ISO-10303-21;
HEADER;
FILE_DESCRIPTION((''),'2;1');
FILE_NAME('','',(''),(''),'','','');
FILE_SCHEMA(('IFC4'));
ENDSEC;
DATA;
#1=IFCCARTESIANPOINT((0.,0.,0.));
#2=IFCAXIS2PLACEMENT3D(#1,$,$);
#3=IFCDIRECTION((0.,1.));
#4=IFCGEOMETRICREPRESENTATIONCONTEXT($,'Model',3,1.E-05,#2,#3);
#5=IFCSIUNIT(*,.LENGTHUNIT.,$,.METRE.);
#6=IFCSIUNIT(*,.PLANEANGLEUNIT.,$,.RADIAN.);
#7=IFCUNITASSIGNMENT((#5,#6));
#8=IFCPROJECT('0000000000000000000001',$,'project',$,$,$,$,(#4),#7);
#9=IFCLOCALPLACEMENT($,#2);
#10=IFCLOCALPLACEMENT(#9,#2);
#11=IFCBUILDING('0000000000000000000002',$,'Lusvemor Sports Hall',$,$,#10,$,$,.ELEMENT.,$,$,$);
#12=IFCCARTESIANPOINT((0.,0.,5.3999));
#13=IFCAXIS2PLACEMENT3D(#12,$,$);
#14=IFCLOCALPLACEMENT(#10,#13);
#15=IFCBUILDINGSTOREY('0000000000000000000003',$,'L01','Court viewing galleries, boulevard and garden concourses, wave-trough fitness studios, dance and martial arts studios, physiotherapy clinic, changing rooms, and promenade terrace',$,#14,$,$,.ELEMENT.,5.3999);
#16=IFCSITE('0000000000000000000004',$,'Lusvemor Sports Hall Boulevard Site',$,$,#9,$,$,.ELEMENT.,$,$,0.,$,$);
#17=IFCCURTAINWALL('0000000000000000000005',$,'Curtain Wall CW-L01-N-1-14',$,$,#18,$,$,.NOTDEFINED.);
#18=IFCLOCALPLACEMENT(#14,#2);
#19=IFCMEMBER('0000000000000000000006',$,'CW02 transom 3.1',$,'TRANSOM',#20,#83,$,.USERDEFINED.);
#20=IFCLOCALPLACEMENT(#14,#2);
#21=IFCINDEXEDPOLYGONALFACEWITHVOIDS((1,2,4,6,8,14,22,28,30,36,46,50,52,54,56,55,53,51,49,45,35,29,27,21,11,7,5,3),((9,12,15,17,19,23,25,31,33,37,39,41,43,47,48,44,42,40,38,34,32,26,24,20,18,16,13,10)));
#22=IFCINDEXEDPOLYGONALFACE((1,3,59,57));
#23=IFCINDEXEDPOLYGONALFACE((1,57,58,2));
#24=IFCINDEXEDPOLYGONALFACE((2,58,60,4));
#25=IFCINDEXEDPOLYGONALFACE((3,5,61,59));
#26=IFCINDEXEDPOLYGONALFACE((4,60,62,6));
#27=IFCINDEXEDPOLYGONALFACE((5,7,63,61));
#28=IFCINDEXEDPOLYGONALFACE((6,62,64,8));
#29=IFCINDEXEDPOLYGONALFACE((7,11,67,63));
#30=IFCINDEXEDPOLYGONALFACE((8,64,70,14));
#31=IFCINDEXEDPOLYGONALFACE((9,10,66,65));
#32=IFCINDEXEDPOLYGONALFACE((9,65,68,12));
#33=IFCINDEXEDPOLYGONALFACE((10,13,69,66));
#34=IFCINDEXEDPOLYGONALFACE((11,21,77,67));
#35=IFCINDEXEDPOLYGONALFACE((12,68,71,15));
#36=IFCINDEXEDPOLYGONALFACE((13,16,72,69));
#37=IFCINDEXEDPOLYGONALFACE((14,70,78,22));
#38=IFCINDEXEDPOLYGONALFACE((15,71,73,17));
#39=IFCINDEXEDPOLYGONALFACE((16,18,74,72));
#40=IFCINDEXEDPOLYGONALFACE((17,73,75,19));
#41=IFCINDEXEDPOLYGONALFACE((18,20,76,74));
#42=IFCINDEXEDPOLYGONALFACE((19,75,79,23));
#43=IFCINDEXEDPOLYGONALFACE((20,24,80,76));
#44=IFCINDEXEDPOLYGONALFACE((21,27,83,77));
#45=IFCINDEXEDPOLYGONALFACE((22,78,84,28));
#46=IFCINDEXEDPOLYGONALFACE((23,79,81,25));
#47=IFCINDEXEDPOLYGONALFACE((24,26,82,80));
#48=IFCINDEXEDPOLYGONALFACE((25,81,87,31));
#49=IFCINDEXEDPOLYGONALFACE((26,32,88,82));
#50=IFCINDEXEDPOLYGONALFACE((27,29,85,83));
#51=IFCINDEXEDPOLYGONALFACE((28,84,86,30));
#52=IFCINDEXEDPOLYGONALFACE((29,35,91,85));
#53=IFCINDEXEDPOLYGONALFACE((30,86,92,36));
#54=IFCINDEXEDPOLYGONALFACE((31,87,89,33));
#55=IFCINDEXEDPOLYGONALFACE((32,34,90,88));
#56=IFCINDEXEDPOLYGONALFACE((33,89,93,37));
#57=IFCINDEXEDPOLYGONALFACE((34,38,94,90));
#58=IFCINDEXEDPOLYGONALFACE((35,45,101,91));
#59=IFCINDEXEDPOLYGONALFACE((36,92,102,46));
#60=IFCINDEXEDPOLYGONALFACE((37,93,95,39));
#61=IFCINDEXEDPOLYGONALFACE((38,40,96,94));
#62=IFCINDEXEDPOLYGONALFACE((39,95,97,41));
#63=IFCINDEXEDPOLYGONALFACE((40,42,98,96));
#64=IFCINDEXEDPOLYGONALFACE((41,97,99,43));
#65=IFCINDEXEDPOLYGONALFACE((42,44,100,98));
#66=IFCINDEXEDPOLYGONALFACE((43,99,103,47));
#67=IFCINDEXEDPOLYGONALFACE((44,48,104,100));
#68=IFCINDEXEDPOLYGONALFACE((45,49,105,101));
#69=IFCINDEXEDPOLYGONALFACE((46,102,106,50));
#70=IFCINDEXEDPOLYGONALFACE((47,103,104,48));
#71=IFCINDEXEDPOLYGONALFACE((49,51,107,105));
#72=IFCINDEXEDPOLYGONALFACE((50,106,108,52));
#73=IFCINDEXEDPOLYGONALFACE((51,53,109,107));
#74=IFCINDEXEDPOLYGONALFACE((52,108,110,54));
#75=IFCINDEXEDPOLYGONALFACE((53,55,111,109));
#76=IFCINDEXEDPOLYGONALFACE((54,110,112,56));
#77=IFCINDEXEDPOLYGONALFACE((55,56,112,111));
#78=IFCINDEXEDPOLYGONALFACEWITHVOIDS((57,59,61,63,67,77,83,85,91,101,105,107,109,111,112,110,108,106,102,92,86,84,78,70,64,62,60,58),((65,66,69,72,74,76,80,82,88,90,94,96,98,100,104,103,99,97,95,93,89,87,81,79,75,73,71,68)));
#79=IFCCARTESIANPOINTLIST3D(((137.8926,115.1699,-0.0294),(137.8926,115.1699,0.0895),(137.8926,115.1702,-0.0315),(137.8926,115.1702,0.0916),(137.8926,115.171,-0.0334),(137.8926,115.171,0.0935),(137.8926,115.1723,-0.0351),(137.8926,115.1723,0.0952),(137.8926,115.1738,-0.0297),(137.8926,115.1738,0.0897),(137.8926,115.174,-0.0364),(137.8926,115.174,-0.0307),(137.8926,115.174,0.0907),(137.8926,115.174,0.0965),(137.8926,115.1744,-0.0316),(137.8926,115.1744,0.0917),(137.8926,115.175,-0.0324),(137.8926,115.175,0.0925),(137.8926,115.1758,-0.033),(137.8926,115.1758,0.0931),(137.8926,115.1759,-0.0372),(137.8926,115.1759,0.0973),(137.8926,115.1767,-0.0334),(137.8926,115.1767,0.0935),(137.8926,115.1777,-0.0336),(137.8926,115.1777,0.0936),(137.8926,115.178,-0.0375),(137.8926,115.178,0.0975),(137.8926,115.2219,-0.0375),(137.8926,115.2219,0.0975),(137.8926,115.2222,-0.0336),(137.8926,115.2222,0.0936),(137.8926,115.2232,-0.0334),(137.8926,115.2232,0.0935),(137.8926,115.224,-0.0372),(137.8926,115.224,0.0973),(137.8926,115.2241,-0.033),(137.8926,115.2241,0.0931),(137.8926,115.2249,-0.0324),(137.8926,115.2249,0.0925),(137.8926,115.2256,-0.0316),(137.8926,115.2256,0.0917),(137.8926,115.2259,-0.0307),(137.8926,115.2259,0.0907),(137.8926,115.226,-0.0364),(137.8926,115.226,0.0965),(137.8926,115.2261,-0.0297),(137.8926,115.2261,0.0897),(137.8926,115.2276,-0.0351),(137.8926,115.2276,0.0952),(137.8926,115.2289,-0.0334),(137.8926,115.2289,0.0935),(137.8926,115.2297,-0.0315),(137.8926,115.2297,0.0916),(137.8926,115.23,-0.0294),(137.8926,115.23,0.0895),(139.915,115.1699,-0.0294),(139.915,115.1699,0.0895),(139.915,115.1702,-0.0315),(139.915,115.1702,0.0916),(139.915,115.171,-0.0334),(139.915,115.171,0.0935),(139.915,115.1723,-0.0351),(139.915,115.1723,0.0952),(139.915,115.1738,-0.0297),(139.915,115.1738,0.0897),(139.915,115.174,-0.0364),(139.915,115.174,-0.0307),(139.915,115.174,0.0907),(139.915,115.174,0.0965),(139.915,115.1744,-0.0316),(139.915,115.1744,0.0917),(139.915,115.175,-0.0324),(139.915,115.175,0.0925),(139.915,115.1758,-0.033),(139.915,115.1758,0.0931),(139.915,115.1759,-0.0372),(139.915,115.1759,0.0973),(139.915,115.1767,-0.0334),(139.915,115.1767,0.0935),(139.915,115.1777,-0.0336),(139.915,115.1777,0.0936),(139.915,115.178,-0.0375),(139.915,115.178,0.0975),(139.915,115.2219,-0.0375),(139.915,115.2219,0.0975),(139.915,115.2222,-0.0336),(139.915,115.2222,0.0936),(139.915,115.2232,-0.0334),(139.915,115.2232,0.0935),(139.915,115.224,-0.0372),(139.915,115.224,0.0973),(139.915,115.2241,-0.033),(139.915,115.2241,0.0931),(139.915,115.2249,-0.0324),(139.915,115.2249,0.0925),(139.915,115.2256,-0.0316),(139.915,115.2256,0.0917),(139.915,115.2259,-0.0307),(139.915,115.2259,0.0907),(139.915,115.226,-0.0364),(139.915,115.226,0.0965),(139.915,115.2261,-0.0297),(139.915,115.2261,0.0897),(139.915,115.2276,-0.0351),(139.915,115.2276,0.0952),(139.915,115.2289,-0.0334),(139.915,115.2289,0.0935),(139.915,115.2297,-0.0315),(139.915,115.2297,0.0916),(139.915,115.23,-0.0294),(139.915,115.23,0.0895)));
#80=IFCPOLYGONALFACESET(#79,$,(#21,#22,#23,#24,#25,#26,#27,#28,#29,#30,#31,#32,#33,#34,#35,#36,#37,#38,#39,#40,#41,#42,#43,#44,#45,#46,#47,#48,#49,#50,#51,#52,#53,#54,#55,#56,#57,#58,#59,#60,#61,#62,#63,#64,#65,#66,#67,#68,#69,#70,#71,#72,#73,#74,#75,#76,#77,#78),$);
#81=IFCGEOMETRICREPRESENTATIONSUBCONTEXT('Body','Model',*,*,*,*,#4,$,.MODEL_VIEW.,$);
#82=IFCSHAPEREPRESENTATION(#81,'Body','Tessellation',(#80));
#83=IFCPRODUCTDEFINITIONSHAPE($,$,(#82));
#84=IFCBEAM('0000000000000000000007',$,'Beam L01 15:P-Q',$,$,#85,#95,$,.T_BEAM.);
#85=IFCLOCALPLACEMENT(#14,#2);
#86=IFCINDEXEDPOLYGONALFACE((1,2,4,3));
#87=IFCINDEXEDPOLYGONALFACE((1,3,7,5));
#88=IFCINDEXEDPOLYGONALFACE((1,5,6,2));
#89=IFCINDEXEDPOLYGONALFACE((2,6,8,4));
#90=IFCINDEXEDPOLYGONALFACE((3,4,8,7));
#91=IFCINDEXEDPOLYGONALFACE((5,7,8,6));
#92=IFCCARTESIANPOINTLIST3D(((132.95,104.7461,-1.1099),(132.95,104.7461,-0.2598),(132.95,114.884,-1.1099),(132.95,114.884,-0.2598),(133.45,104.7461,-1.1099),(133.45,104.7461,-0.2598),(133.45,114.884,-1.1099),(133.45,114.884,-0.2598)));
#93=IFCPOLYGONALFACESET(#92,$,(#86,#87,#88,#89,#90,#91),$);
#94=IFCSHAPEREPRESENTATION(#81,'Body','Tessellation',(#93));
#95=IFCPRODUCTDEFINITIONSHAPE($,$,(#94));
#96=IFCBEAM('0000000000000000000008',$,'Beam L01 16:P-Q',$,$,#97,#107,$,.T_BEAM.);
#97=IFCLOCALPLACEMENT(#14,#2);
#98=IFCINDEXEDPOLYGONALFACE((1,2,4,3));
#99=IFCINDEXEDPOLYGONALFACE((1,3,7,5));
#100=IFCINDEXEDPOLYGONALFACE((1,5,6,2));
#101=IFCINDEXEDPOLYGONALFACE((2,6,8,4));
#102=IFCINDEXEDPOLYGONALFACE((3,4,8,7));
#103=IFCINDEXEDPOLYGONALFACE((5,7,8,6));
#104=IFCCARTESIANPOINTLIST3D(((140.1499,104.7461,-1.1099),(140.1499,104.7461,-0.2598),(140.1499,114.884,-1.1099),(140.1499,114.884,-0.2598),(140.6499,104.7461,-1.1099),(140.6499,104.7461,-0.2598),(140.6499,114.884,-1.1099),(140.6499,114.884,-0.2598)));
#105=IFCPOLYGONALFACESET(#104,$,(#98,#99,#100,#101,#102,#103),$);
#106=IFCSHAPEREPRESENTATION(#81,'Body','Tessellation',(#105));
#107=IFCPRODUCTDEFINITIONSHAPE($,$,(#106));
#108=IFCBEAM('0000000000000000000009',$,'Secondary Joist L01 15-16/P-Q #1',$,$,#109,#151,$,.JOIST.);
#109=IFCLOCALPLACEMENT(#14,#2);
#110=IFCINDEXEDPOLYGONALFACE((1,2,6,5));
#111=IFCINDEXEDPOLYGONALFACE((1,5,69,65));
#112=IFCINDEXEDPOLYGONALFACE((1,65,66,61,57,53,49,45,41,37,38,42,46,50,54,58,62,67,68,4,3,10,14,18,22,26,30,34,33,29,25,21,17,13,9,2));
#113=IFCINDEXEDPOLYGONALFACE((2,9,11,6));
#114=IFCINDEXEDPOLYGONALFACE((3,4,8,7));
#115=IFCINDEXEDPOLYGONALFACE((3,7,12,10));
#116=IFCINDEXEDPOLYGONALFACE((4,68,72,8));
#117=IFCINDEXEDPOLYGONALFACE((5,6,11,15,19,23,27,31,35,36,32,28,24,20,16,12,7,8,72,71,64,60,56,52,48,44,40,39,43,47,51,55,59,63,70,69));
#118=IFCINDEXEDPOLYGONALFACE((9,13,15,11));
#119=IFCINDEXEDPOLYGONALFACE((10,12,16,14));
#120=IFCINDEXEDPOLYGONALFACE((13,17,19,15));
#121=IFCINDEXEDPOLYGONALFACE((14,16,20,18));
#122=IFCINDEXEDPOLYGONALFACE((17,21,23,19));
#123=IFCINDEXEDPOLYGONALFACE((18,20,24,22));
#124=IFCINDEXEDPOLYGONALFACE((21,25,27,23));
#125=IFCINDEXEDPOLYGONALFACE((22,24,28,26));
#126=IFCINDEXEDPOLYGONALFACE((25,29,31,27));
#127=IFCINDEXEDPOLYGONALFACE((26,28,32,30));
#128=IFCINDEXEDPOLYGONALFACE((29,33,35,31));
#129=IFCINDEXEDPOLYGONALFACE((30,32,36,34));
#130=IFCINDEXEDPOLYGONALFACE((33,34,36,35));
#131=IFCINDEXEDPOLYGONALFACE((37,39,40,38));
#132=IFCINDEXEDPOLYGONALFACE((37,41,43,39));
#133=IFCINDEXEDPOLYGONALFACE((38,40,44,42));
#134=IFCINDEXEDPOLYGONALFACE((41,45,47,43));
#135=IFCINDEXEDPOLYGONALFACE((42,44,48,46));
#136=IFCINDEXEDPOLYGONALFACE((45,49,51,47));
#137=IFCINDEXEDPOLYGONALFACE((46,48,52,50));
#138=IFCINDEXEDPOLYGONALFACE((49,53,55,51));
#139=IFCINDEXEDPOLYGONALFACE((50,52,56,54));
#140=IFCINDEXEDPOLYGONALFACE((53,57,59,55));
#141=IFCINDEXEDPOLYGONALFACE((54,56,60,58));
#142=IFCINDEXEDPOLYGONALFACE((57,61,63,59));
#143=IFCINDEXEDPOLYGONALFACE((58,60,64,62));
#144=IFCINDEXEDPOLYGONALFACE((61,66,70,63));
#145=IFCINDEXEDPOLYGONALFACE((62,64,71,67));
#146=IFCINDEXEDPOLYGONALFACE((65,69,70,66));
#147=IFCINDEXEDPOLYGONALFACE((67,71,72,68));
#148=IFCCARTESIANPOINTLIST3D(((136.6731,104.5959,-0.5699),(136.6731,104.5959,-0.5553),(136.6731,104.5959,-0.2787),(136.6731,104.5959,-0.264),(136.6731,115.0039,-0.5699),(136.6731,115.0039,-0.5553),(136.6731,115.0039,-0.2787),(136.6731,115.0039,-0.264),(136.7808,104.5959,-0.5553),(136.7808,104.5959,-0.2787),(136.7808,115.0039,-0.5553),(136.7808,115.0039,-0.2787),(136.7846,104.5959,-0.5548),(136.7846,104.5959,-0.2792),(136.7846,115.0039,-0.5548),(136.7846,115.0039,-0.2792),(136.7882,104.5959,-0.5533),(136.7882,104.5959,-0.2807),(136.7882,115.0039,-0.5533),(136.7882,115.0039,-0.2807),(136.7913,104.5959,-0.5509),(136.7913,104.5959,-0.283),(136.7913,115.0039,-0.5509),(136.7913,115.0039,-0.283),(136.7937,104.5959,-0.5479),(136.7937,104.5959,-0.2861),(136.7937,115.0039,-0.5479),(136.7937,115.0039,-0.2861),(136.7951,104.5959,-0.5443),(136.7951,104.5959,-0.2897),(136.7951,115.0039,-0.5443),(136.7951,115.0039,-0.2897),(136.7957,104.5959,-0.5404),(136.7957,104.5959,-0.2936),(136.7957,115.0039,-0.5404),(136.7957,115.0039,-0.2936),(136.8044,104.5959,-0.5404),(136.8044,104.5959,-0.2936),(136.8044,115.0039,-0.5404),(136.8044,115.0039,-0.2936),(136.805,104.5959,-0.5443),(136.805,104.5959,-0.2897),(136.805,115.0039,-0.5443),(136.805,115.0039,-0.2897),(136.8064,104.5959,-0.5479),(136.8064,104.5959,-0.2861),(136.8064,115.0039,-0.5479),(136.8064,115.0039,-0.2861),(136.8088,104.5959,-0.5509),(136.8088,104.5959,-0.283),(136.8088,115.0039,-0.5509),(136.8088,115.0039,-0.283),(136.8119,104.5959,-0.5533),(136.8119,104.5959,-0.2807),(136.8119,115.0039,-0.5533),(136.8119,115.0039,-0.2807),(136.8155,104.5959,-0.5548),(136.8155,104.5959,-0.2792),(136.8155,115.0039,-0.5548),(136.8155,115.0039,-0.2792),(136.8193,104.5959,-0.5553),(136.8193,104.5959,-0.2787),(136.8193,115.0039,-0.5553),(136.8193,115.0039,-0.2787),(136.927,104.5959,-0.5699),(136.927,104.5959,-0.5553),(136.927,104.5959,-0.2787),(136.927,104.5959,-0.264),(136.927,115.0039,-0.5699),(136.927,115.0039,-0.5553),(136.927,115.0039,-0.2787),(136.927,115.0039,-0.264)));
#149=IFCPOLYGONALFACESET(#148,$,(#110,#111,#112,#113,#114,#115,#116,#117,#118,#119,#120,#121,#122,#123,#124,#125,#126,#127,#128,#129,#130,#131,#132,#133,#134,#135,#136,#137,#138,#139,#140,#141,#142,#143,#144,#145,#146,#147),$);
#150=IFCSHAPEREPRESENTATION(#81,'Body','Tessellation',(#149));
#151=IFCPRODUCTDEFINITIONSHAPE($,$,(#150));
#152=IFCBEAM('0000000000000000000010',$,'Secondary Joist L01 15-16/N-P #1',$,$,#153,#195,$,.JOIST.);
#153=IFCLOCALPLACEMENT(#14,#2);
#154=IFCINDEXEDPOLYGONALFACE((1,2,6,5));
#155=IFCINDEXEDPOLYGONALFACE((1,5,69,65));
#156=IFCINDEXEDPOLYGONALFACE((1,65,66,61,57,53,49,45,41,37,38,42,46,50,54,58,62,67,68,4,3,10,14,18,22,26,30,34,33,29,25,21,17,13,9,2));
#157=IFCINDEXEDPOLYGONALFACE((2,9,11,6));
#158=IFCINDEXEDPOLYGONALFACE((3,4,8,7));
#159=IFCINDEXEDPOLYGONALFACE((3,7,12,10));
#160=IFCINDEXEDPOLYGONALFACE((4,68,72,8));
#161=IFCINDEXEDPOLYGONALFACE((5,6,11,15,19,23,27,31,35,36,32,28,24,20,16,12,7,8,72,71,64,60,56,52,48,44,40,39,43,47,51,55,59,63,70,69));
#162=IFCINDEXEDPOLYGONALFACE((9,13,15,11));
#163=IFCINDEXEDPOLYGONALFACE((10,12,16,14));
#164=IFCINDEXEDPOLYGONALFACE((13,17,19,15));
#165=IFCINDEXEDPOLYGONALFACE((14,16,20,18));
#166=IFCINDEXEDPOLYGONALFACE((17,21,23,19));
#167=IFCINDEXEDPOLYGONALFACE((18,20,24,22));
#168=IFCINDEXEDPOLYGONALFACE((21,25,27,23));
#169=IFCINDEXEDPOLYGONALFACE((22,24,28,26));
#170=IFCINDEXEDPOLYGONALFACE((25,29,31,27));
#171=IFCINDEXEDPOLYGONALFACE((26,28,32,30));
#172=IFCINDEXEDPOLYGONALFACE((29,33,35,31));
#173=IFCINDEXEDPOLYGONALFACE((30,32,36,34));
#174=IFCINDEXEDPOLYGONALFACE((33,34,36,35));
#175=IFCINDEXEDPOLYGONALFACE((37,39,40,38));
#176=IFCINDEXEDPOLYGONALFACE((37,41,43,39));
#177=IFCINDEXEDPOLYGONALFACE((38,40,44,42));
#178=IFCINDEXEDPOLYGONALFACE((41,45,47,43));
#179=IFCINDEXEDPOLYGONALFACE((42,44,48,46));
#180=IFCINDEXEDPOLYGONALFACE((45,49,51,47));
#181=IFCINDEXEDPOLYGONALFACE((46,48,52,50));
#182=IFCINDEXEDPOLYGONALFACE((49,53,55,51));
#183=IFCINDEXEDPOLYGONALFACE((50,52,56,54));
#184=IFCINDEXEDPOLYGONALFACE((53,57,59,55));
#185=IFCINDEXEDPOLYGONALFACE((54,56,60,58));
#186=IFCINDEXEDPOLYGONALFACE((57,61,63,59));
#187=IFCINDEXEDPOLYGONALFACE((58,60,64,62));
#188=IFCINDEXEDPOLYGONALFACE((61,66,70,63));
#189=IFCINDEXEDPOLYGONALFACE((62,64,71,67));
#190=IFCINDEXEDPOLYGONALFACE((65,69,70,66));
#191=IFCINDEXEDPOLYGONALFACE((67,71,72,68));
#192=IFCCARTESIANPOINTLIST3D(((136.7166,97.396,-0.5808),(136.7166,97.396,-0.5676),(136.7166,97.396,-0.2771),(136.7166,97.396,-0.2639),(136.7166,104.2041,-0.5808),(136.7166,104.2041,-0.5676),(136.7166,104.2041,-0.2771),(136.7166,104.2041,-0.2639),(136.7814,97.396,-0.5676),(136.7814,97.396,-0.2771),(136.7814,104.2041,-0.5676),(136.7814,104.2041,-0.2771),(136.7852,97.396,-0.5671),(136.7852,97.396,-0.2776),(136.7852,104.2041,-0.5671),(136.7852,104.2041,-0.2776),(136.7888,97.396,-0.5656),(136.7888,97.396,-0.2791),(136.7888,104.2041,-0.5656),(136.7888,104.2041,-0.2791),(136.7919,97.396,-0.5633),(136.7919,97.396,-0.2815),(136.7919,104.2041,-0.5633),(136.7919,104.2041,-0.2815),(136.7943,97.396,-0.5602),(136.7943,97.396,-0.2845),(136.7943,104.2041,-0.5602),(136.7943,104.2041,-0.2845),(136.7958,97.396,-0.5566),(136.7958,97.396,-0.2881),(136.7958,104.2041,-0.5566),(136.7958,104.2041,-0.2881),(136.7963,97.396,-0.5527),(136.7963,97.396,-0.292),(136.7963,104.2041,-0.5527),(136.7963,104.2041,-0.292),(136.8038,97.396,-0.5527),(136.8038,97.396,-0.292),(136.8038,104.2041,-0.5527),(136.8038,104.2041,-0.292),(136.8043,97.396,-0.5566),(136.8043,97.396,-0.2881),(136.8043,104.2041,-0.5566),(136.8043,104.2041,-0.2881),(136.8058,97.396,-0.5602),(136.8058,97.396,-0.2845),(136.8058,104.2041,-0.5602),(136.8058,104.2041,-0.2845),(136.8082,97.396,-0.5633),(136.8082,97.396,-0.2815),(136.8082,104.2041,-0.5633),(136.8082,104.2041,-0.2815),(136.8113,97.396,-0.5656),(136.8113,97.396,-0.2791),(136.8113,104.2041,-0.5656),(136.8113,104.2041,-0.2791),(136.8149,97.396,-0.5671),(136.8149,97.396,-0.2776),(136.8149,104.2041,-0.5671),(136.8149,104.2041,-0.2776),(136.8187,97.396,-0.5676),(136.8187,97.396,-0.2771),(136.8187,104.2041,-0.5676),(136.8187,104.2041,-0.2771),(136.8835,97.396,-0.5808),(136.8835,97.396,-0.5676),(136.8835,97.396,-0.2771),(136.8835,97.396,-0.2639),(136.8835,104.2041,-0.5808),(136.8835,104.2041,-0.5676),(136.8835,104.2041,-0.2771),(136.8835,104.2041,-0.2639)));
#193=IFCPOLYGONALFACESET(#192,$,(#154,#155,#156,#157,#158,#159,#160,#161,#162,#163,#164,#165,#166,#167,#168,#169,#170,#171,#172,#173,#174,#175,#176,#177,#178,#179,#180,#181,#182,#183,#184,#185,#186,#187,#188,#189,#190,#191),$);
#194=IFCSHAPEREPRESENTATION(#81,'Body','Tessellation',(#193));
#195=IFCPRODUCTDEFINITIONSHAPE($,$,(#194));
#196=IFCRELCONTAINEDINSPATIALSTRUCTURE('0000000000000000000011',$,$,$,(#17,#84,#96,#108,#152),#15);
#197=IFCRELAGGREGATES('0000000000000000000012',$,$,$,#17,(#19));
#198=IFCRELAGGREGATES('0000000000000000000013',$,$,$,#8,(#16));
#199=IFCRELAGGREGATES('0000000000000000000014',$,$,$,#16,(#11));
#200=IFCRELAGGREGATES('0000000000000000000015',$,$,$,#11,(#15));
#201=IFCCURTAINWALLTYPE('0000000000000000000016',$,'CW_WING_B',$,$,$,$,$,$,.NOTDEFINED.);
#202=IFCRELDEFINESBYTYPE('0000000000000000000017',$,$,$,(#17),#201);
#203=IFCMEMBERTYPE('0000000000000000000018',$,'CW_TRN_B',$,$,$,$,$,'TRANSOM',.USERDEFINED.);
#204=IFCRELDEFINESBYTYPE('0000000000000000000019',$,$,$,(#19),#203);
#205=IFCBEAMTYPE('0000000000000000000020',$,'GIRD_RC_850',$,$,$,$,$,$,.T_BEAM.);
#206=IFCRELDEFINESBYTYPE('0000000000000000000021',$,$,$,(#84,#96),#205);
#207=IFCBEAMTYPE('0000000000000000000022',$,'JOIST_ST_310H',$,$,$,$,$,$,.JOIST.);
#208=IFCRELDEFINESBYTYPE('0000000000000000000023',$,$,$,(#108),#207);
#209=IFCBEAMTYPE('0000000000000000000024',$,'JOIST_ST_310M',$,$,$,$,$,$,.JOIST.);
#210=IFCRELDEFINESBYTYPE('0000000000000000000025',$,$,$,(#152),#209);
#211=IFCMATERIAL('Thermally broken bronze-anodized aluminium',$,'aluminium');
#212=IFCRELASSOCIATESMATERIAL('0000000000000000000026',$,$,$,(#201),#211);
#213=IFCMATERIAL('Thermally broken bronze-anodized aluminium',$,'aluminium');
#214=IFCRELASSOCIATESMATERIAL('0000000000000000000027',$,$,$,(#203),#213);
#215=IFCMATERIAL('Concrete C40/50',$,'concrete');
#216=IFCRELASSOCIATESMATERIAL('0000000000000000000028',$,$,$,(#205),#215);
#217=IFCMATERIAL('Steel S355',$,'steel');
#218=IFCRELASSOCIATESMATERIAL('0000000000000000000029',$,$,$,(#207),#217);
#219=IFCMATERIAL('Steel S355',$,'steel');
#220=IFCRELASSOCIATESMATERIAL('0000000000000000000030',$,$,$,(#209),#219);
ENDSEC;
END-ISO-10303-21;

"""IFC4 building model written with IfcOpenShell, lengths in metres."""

from ifc_helpers import new_model, si_unit, direction, frame, origin, origin_2d, place, context, subcontext, project, spatial, rectangle, hollow_rectangle, i_section, extrude, material, material_profile, profile_set, type_object, element, aggregate, save


model = new_model("IFC4")

# Units and contexts
model_context = context("Model", 3, precision=1e-05, world=origin(), true_north=direction((0.0, 1.0)))
body_context = subcontext(model_context, "Body", "Model", "MODEL_VIEW")
ifc_project = project(units=[si_unit("LENGTHUNIT", "METRE"), si_unit("PLANEANGLEUNIT", "RADIAN")], contexts=[model_context])

# Site, building, storey
site_placement = place(None, origin())
site = spatial("IfcSite", under=ifc_project, at=site_placement, Name="Lusvemor Sports Hall Boulevard Site", CompositionType="ELEMENT", RefElevation=0.0)
building_placement = place(site_placement, origin())
building = spatial("IfcBuilding", under=site, at=building_placement, Name="Lusvemor Sports Hall", CompositionType="ELEMENT")
storey_placement = place(building_placement, frame((0.0, 0.0, 5.3999)))
storey = spatial("IfcBuildingStorey", under=building, at=storey_placement, Name="L01", Description="Court viewing galleries, boulevard and garden concourses, wave-trough fitness studios, dance and martial arts studios, physiotherapy clinic, changing rooms, and promenade terrace", CompositionType="ELEMENT", Elevation=5.3999)

# Curtain wall, member
ifc_material_1 = material(Name="Thermally broken bronze-anodized aluminium", Category="aluminium")
curtain_wall_type = type_object("IfcCurtainWallType", Name="CW_WING_B", PredefinedType="NOTDEFINED", material=ifc_material_1)
curtain_wall_placement = place(storey_placement, origin())
curtain_wall = element("IfcCurtainWall", 1, at=curtain_wall_placement, inside=storey, type_object=curtain_wall_type, Name="Curtain Wall CW-L01-N-1-14", PredefinedType="NOTDEFINED")
ifc_material_2 = material(Name="Thermally broken bronze-anodized aluminium", Category="aluminium")
ifc_material_profile_1 = material_profile(ifc_material_2, hollow_rectangle(XDim=0.0601, YDim=0.135, WallThickness=0.0039, InnerFilletRadius=0.0039, OuterFilletRadius=0.0081, at=origin_2d()), Name="CWTRN135x60x4")
ifc_profile_set_1 = profile_set([ifc_material_profile_1], Name="Thermally broken bronze-anodized aluminium")
member_type_1 = type_object("IfcMemberType", Name="CW_TRN_B", ElementType="TRANSOM", PredefinedType="USERDEFINED", material=ifc_profile_set_1)
member_1_placement = place(storey_placement, frame((137.8926, 115.2, 0.03), z_axis=(1.0, 0.0, 0.0), x_axis=(0.0, 1.0, 0.0)))
member_1 = element("IfcMember", 2, at=member_1_placement, type_object=member_type_1, Name="CW02 transom 3.1", ObjectType="TRANSOM", PredefinedType="USERDEFINED", context=body_context, shape_type="SweptSolid", body=[
    extrude(hollow_rectangle(XDim=0.0601, YDim=0.135, WallThickness=0.0039, InnerFilletRadius=0.0039, OuterFilletRadius=0.0081, at=origin_2d()), origin(), (0.0, 0.0, 1.0), 2.0225),
])

# Beams
ifc_material_3 = material(Name="Concrete C40/50", Category="concrete")
ifc_material_profile_2 = material_profile(ifc_material_3, rectangle(XDim=0.5, YDim=0.8501, at=origin_2d()), Name="RC500x850")
ifc_profile_set_2 = profile_set([ifc_material_profile_2], Name="Concrete C40/50")
beam_type_1 = type_object("IfcBeamType", Name="GIRD_RC_850", PredefinedType="T_BEAM", material=ifc_profile_set_2)
for number, where, z_axis, x_axis, name in (
    (3, (133.2, 104.7461, -0.6848), (0.0, 1.0, 0.0), (-1.0, 0.0, 0.0), "Beam L01 15:P-Q"),
    (4, (140.3999, 104.7461, -0.6848), (0.0, 1.0, 0.0), (-1.0, 0.0, 0.0), "Beam L01 16:P-Q"),
):
    element("IfcBeam", number, at=place(storey_placement, frame(where, z_axis=z_axis, x_axis=x_axis)), inside=storey, type_object=beam_type_1, Name=name, PredefinedType="T_BEAM", context=body_context, shape_type="SweptSolid", body=[
        extrude(rectangle(XDim=0.5, YDim=0.8501, at=origin_2d()), origin(), (0.0, 0.0, 1.0), 10.1379),
    ])
ifc_material_4 = material(Name="Steel S355", Category="steel")
ifc_material_profile_3 = material_profile(ifc_material_4, i_section(OverallWidth=0.2539, OverallDepth=0.3059, WebThickness=0.0088, FlangeThickness=0.0146, FilletRadius=0.0149, at=origin_2d()), Name="W310x79.0")
ifc_profile_set_3 = profile_set([ifc_material_profile_3], Name="Steel S355")
beam_type_2 = type_object("IfcBeamType", Name="JOIST_ST_310H", PredefinedType="JOIST", material=ifc_profile_set_3)
beam_1_placement = place(storey_placement, frame((136.8, 104.5959, -0.417), z_axis=(0.0, 1.0, 0.0), x_axis=(-1.0, 0.0, 0.0)))
element("IfcBeam", 5, at=beam_1_placement, inside=storey, type_object=beam_type_2, Name="Secondary Joist L01 15-16/P-Q #1", PredefinedType="JOIST", context=body_context, shape_type="SweptSolid", body=[
    extrude(i_section(OverallWidth=0.2539, OverallDepth=0.3059, WebThickness=0.0088, FlangeThickness=0.0146, FilletRadius=0.0149, at=origin_2d()), origin(), (0.0, 0.0, 1.0), 10.408),
])
ifc_material_5 = material(Name="Steel S355", Category="steel")
ifc_material_profile_4 = material_profile(ifc_material_5, i_section(OverallWidth=0.167, OverallDepth=0.3169, WebThickness=0.0076, FlangeThickness=0.0132, FilletRadius=0.0149, at=origin_2d()), Name="W310x52.0")
ifc_profile_set_4 = profile_set([ifc_material_profile_4], Name="Steel S355")
beam_type_3 = type_object("IfcBeamType", Name="JOIST_ST_310M", PredefinedType="JOIST", material=ifc_profile_set_4)
beam_2_placement = place(storey_placement, frame((136.8, 97.396, -0.4224), z_axis=(0.0, 1.0, 0.0), x_axis=(-1.0, 0.0, 0.0)))
element("IfcBeam", 6, at=beam_2_placement, inside=storey, type_object=beam_type_3, Name="Secondary Joist L01 15-16/N-P #1", PredefinedType="JOIST", context=body_context, shape_type="SweptSolid", body=[
    extrude(i_section(OverallWidth=0.167, OverallDepth=0.3169, WebThickness=0.0076, FlangeThickness=0.0132, FilletRadius=0.0149, at=origin_2d()), origin(), (0.0, 0.0, 1.0), 6.8081),
])

aggregate(curtain_wall, [member_1])

save(model, "model.ifc")
